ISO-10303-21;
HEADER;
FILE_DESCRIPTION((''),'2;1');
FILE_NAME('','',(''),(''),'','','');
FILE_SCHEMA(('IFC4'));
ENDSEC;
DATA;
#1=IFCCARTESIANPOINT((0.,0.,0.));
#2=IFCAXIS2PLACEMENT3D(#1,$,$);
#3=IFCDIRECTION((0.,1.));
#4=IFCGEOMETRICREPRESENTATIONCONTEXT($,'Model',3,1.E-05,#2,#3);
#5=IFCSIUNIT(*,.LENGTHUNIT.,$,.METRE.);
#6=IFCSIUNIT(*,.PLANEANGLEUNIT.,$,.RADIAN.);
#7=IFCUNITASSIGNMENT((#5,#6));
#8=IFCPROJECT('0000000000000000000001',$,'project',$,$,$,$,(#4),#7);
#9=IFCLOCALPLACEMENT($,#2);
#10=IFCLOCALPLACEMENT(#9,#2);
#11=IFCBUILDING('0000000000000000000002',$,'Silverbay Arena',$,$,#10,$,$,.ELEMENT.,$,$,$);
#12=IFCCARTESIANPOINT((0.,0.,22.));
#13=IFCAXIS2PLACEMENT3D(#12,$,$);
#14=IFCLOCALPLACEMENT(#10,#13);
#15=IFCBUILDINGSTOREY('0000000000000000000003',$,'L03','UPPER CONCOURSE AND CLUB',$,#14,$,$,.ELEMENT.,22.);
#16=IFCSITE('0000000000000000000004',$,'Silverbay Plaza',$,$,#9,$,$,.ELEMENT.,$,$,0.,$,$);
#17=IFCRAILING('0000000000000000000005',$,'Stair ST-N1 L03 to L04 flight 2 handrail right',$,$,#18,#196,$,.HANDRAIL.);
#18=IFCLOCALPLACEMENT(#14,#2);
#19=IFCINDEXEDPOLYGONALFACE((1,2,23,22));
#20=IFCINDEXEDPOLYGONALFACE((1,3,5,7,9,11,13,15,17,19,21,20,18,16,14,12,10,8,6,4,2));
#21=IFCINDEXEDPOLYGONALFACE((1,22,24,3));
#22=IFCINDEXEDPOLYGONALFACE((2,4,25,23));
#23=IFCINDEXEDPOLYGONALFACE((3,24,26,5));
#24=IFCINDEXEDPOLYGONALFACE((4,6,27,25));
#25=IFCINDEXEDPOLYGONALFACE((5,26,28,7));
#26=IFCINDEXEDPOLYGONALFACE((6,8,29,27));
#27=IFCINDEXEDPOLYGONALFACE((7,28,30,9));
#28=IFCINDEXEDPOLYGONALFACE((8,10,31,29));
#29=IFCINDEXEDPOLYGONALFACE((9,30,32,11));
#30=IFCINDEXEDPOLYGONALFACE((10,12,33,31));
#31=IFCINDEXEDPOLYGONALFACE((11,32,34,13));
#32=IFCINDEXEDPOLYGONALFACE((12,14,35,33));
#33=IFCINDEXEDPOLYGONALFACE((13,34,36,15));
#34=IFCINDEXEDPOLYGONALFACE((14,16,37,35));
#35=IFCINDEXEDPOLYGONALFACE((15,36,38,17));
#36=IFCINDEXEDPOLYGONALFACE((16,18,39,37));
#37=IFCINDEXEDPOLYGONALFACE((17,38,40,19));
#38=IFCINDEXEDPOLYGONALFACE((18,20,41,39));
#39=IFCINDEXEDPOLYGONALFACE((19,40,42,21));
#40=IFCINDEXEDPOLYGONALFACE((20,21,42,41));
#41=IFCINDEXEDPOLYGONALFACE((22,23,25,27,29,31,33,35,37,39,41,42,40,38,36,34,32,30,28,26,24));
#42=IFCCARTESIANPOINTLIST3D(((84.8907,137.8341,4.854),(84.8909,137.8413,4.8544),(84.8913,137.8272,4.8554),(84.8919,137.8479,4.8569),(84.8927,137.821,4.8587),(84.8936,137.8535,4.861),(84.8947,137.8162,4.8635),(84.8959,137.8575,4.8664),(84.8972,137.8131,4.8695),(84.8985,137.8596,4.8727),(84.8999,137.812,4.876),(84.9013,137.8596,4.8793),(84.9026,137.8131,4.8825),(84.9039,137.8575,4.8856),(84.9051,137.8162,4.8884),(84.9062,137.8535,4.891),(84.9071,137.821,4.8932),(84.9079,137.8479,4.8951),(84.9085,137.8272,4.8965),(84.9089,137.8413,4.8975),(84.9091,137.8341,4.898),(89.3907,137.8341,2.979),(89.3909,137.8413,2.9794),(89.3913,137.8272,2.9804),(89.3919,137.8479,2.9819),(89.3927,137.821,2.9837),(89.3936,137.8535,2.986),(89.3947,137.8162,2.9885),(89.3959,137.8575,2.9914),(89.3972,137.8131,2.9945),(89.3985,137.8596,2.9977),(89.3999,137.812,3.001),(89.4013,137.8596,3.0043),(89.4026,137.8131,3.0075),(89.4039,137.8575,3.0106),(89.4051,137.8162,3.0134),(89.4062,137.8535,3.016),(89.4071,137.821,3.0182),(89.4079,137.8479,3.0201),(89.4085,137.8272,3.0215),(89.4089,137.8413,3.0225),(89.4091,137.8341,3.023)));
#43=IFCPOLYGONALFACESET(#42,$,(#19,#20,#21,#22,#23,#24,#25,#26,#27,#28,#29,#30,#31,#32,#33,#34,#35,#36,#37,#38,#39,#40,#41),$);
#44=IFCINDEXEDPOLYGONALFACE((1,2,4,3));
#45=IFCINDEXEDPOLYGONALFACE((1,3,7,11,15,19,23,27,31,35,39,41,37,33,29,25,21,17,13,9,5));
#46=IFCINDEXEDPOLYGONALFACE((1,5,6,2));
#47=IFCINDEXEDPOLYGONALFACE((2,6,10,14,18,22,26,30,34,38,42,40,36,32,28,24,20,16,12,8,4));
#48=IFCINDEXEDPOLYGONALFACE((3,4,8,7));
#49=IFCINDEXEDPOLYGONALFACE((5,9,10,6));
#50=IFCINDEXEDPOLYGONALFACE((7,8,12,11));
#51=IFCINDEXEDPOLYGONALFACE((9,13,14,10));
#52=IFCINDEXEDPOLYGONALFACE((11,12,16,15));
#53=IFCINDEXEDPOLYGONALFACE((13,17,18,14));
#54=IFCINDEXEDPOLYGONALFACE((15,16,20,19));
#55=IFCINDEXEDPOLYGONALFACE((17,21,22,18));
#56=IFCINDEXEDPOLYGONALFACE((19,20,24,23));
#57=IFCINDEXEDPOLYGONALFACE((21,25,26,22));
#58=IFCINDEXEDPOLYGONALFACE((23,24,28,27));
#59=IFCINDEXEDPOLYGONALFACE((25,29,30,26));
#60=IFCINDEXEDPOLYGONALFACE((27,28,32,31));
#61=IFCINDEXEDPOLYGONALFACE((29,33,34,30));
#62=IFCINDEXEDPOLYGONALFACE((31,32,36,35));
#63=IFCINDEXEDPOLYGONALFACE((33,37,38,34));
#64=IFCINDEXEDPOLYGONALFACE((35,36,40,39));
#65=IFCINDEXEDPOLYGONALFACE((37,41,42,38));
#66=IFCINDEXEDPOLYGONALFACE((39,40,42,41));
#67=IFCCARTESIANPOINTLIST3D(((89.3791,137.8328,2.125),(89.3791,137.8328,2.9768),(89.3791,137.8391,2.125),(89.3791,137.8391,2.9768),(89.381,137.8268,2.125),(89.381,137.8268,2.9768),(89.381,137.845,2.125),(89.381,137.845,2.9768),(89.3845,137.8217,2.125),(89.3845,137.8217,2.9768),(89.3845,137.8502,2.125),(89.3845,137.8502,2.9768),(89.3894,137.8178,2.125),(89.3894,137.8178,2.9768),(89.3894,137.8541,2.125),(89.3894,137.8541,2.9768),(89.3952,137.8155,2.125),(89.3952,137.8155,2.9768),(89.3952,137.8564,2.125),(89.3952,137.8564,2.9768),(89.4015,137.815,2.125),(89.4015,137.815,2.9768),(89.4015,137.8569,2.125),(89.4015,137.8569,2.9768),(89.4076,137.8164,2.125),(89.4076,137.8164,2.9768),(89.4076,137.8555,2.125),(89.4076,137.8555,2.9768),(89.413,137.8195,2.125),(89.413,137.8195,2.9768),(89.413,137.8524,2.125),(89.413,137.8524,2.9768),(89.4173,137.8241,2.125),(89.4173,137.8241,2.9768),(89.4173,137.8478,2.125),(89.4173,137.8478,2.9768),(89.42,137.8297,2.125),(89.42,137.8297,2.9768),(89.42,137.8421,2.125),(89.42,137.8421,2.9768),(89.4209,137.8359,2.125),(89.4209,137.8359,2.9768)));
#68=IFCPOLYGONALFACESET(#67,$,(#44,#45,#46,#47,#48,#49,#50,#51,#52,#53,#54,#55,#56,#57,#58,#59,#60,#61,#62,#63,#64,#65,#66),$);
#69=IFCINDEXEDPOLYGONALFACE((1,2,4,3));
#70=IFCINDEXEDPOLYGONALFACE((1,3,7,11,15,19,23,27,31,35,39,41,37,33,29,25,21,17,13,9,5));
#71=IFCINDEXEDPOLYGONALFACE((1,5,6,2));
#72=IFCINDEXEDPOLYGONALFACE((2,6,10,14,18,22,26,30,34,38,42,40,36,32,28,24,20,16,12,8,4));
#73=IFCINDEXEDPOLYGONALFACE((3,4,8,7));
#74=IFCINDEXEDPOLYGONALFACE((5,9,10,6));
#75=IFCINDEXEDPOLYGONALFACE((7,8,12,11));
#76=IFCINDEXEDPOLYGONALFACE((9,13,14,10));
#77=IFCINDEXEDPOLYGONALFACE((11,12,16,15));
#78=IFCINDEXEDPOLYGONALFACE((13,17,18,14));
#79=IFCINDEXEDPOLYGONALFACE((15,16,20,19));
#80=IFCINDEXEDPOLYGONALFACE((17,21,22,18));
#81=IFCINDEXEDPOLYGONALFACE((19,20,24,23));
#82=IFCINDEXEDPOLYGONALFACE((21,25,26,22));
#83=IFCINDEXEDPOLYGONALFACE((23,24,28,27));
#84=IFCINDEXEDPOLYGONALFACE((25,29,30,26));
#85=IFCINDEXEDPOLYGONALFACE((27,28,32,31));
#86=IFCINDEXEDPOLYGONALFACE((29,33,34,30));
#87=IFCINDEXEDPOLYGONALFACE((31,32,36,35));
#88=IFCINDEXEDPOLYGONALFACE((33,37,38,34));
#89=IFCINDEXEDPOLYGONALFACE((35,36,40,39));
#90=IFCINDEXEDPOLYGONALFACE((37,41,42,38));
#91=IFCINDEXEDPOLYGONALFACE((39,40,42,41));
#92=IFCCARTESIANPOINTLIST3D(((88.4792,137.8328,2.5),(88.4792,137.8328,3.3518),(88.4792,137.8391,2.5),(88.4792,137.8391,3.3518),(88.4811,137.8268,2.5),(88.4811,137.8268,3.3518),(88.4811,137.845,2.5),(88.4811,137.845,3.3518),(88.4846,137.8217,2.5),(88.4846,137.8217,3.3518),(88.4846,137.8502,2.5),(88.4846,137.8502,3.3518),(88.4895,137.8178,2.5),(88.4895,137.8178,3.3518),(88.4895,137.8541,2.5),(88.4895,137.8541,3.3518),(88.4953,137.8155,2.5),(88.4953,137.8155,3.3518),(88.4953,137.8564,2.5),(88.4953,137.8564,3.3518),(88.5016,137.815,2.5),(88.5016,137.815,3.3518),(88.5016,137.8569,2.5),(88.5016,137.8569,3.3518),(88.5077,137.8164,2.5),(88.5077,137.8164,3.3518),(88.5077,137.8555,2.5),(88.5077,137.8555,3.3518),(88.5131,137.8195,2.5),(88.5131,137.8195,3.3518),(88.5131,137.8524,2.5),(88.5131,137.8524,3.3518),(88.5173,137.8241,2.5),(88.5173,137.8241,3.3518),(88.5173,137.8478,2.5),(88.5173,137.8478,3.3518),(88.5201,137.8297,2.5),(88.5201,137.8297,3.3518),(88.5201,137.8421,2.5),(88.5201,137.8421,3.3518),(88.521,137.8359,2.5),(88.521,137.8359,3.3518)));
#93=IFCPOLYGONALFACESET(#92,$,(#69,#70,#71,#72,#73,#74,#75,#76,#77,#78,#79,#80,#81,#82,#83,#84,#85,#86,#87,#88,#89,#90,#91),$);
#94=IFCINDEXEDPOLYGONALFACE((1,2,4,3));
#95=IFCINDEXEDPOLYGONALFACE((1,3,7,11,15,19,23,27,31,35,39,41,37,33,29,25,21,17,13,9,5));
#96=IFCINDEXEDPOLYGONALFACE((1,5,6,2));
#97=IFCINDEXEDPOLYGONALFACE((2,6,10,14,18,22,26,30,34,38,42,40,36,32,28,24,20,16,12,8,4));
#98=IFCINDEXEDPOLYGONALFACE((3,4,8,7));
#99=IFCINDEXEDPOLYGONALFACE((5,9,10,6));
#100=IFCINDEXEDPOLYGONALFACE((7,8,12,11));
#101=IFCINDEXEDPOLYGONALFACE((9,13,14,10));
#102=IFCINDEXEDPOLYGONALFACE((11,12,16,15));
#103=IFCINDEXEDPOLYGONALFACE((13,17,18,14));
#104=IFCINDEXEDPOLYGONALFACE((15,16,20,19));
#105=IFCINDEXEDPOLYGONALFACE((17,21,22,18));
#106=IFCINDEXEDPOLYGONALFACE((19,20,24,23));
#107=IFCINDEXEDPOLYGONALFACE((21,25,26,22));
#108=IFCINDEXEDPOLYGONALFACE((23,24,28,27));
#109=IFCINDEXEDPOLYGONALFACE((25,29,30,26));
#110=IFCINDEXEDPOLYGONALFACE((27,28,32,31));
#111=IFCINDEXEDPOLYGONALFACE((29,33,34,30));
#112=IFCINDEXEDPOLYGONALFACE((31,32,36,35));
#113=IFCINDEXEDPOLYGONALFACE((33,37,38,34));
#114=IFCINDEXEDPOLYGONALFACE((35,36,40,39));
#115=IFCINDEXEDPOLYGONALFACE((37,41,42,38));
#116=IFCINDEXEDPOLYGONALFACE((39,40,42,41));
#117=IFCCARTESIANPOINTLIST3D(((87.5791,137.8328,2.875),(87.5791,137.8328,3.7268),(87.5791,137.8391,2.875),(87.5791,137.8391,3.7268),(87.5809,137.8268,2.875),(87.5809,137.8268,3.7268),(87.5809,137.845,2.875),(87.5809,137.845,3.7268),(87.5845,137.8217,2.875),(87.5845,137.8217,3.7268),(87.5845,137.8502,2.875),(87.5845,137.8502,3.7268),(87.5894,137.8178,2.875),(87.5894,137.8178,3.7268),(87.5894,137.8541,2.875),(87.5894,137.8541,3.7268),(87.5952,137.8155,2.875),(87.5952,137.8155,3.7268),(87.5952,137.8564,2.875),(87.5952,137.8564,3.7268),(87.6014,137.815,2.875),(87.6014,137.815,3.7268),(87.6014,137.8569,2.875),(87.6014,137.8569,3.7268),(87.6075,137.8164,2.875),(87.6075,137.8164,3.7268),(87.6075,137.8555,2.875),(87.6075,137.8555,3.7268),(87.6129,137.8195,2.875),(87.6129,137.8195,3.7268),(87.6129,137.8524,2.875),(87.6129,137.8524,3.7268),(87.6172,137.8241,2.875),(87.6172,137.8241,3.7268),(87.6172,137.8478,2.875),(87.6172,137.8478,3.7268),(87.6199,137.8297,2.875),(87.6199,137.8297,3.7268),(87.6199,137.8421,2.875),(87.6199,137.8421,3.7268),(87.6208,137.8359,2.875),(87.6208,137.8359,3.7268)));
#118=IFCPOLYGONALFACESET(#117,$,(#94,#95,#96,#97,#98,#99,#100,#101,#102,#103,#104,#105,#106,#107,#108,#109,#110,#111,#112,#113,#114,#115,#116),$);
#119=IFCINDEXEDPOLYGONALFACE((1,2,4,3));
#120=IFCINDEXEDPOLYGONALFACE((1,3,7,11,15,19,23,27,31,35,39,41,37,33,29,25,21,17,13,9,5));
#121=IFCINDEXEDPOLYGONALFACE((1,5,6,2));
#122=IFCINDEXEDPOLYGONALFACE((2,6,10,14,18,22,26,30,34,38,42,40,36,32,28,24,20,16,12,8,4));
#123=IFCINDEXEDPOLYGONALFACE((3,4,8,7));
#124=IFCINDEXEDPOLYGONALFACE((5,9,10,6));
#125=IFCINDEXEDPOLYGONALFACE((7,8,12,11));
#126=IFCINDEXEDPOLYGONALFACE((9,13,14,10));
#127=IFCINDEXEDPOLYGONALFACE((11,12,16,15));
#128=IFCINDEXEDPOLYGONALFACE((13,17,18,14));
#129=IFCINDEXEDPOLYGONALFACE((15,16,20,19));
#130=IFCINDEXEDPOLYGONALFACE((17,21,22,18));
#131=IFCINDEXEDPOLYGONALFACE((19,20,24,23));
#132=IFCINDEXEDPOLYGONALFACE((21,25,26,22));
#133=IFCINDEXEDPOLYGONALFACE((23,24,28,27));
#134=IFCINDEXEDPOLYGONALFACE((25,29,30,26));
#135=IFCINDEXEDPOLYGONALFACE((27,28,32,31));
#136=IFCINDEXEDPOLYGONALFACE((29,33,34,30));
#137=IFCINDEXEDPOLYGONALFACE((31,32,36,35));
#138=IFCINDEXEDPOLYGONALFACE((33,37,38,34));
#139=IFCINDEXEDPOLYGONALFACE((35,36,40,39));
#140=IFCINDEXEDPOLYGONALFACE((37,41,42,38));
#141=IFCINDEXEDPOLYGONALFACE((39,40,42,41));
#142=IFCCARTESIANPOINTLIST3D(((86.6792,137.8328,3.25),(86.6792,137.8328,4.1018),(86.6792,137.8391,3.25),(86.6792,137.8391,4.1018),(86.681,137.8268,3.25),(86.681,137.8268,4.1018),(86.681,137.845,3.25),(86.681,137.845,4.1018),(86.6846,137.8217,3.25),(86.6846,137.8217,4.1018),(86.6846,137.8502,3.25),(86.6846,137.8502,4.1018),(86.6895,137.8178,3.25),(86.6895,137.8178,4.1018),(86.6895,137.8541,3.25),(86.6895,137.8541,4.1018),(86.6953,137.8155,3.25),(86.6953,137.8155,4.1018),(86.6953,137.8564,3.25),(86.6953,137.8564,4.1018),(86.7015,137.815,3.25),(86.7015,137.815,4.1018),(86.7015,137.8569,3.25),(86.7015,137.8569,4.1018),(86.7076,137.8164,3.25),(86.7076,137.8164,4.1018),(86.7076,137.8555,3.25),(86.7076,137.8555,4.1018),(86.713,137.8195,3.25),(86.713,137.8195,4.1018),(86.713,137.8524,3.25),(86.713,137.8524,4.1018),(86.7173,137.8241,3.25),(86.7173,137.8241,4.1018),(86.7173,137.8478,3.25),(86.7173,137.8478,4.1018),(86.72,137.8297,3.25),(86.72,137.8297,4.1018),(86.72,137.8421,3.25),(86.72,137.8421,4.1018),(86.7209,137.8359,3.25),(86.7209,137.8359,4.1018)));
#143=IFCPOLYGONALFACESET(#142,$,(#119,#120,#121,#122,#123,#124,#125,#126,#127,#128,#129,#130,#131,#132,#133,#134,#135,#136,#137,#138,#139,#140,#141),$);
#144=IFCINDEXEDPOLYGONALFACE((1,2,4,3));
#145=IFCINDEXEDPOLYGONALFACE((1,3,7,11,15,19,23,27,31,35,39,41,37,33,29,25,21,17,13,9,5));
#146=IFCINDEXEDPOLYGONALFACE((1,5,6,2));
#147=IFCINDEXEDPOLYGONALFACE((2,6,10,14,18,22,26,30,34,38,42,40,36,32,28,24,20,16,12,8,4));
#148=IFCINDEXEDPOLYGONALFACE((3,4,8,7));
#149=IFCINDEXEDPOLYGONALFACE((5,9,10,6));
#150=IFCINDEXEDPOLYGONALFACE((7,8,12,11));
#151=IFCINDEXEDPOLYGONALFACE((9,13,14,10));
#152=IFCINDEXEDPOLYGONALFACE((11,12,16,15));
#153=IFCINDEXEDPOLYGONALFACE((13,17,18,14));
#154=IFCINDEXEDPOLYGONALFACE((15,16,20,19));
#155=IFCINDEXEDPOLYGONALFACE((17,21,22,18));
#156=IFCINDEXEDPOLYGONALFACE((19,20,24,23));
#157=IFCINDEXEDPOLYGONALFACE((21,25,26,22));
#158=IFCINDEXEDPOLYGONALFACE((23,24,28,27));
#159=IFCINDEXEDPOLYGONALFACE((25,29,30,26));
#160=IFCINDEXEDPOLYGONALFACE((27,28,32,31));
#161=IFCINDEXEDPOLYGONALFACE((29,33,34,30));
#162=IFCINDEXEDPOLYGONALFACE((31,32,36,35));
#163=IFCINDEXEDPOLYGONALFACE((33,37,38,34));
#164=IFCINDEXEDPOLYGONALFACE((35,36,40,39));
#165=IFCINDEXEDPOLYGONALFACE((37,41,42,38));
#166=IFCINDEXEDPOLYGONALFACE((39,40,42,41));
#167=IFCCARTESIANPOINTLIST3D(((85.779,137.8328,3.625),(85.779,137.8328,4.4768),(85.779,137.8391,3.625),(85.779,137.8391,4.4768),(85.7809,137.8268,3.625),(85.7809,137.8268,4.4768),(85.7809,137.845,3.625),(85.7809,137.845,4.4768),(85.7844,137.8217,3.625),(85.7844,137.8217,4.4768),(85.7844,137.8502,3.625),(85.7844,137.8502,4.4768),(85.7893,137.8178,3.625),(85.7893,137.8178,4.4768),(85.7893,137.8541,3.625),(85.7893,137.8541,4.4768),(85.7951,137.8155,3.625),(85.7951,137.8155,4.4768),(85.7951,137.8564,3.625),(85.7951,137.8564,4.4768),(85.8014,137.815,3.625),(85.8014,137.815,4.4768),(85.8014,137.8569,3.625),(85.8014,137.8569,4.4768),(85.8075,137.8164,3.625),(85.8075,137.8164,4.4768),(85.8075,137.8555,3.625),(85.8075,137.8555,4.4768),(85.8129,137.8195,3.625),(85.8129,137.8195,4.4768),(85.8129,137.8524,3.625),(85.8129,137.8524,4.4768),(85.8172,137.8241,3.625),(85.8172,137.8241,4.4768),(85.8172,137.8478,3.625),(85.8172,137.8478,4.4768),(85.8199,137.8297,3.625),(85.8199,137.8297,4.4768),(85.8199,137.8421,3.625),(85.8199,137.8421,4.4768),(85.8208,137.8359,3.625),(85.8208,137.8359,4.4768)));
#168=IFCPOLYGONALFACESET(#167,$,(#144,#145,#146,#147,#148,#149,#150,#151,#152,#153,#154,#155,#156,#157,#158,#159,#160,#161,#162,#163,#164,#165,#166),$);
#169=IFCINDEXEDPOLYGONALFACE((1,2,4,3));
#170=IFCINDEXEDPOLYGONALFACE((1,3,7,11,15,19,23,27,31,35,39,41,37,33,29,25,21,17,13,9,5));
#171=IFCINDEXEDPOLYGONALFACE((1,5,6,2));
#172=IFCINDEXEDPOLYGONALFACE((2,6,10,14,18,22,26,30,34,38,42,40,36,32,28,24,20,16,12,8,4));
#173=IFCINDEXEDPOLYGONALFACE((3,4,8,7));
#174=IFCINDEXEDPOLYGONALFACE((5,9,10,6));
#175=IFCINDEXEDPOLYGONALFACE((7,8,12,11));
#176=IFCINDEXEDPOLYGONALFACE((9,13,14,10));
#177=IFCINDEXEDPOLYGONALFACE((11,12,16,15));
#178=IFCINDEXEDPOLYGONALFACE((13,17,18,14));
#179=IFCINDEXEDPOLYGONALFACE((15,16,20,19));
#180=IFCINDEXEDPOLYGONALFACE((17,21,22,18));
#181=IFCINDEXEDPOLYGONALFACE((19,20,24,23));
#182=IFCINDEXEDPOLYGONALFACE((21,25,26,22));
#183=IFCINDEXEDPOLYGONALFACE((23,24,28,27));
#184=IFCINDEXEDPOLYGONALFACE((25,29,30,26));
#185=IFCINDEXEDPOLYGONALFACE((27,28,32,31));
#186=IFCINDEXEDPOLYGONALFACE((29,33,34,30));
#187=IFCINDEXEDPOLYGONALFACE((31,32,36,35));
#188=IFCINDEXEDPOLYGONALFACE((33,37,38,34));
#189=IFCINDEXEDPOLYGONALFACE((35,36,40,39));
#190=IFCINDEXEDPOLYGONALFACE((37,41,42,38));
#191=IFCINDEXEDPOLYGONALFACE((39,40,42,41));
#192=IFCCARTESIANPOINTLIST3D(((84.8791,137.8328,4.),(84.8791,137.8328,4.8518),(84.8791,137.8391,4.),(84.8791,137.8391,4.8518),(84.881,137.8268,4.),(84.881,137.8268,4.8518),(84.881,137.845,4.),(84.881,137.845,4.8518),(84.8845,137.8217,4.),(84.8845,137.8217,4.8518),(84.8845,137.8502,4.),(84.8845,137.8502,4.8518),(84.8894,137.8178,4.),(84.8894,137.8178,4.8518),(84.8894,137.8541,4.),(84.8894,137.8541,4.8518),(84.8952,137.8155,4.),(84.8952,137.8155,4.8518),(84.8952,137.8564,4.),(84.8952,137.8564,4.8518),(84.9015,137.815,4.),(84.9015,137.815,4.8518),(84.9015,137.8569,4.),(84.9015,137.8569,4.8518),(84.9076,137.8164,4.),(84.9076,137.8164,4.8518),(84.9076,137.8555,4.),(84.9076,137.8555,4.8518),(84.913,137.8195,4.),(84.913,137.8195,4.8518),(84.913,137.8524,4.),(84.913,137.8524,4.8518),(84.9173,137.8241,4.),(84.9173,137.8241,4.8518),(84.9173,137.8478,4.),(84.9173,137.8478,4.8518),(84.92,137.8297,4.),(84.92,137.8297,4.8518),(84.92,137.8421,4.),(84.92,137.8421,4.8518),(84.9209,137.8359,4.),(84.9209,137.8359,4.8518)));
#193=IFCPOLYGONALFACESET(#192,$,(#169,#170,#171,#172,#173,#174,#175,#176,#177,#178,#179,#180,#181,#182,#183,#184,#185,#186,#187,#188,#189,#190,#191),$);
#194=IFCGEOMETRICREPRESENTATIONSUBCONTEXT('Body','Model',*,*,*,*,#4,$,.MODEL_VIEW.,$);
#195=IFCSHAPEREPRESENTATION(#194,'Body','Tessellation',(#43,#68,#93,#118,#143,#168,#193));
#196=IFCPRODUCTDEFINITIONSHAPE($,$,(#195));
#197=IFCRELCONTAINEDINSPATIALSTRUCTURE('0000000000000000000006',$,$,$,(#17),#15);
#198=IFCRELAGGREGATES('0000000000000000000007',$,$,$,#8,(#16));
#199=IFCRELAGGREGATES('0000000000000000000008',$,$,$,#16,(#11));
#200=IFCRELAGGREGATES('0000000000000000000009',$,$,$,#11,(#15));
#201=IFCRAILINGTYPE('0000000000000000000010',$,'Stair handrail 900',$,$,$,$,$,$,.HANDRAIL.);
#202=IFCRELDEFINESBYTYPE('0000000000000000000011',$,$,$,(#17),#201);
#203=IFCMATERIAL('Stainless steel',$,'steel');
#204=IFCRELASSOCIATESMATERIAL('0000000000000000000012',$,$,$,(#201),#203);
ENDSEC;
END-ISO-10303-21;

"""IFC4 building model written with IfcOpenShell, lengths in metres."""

from ifc_helpers import new_model, si_unit, direction, frame, origin, origin_2d, place, context, subcontext, project, spatial, circle, extrude, material, type_object, element, save


model = new_model("IFC4")

# Units and contexts
model_context = context("Model", 3, precision=1e-05, world=origin(), true_north=direction((0.0, 1.0)))
body_context = subcontext(model_context, "Body", "Model", "MODEL_VIEW")
ifc_project = project(units=[si_unit("LENGTHUNIT", "METRE"), si_unit("PLANEANGLEUNIT", "RADIAN")], contexts=[model_context])

# Site, building, storey
site_placement = place(None, origin())
site = spatial("IfcSite", under=ifc_project, at=site_placement, Name="Silverbay Plaza", CompositionType="ELEMENT", RefElevation=0.0)
building_placement = place(site_placement, origin())
building = spatial("IfcBuilding", under=site, at=building_placement, Name="Silverbay Arena", CompositionType="ELEMENT")
storey_placement = place(building_placement, frame((0.0, 0.0, 22.0)))
storey = spatial("IfcBuildingStorey", under=building, at=storey_placement, Name="L03", Description="UPPER CONCOURSE AND CLUB", CompositionType="ELEMENT", Elevation=22.0)

# Railing
ifc_material_1 = material(Name="Stainless steel", Category="steel")
railing_type_1 = type_object("IfcRailingType", Name="Stair handrail 900", PredefinedType="HANDRAIL", material=ifc_material_1)
railing_1_placement = place(storey_placement, frame((89.3999, 137.8359, 2.125)))
element("IfcRailing", 1, at=railing_1_placement, inside=storey, type_object=railing_type_1, Name="Stair ST-N1 L03 to L04 flight 2 handrail right", PredefinedType="HANDRAIL", context=body_context, shape_type="SweptSolid", body=[
    extrude(circle(Radius=0.0239, at=origin_2d()), frame((0.0, 0.0, 0.876), z_axis=(-0.923077, 0.0, 0.384615), x_axis=(0.0, -1.0, 0.0)), (0.0, 0.0, 1.0), 4.875),
    extrude(circle(Radius=0.021, at=origin_2d()), origin(), (0.0, 0.0, 1.0), 0.8518),
    extrude(circle(Radius=0.021, at=origin_2d()), frame((-0.8999, 0.0, 0.375)), (0.0, 0.0, 1.0), 0.8518),
    extrude(circle(Radius=0.021, at=origin_2d()), frame((-1.8, 0.0, 0.75)), (0.0, 0.0, 1.0), 0.8518),
    extrude(circle(Radius=0.021, at=origin_2d()), frame((-2.7, 0.0, 1.125)), (0.0, 0.0, 1.0), 0.8518),
    extrude(circle(Radius=0.021, at=origin_2d()), frame((-3.6001, 0.0, 1.5)), (0.0, 0.0, 1.0), 0.8518),
    extrude(circle(Radius=0.021, at=origin_2d()), frame((-4.5, 0.0, 1.875)), (0.0, 0.0, 1.0), 0.8518),
])

save(model, "model.ifc")
